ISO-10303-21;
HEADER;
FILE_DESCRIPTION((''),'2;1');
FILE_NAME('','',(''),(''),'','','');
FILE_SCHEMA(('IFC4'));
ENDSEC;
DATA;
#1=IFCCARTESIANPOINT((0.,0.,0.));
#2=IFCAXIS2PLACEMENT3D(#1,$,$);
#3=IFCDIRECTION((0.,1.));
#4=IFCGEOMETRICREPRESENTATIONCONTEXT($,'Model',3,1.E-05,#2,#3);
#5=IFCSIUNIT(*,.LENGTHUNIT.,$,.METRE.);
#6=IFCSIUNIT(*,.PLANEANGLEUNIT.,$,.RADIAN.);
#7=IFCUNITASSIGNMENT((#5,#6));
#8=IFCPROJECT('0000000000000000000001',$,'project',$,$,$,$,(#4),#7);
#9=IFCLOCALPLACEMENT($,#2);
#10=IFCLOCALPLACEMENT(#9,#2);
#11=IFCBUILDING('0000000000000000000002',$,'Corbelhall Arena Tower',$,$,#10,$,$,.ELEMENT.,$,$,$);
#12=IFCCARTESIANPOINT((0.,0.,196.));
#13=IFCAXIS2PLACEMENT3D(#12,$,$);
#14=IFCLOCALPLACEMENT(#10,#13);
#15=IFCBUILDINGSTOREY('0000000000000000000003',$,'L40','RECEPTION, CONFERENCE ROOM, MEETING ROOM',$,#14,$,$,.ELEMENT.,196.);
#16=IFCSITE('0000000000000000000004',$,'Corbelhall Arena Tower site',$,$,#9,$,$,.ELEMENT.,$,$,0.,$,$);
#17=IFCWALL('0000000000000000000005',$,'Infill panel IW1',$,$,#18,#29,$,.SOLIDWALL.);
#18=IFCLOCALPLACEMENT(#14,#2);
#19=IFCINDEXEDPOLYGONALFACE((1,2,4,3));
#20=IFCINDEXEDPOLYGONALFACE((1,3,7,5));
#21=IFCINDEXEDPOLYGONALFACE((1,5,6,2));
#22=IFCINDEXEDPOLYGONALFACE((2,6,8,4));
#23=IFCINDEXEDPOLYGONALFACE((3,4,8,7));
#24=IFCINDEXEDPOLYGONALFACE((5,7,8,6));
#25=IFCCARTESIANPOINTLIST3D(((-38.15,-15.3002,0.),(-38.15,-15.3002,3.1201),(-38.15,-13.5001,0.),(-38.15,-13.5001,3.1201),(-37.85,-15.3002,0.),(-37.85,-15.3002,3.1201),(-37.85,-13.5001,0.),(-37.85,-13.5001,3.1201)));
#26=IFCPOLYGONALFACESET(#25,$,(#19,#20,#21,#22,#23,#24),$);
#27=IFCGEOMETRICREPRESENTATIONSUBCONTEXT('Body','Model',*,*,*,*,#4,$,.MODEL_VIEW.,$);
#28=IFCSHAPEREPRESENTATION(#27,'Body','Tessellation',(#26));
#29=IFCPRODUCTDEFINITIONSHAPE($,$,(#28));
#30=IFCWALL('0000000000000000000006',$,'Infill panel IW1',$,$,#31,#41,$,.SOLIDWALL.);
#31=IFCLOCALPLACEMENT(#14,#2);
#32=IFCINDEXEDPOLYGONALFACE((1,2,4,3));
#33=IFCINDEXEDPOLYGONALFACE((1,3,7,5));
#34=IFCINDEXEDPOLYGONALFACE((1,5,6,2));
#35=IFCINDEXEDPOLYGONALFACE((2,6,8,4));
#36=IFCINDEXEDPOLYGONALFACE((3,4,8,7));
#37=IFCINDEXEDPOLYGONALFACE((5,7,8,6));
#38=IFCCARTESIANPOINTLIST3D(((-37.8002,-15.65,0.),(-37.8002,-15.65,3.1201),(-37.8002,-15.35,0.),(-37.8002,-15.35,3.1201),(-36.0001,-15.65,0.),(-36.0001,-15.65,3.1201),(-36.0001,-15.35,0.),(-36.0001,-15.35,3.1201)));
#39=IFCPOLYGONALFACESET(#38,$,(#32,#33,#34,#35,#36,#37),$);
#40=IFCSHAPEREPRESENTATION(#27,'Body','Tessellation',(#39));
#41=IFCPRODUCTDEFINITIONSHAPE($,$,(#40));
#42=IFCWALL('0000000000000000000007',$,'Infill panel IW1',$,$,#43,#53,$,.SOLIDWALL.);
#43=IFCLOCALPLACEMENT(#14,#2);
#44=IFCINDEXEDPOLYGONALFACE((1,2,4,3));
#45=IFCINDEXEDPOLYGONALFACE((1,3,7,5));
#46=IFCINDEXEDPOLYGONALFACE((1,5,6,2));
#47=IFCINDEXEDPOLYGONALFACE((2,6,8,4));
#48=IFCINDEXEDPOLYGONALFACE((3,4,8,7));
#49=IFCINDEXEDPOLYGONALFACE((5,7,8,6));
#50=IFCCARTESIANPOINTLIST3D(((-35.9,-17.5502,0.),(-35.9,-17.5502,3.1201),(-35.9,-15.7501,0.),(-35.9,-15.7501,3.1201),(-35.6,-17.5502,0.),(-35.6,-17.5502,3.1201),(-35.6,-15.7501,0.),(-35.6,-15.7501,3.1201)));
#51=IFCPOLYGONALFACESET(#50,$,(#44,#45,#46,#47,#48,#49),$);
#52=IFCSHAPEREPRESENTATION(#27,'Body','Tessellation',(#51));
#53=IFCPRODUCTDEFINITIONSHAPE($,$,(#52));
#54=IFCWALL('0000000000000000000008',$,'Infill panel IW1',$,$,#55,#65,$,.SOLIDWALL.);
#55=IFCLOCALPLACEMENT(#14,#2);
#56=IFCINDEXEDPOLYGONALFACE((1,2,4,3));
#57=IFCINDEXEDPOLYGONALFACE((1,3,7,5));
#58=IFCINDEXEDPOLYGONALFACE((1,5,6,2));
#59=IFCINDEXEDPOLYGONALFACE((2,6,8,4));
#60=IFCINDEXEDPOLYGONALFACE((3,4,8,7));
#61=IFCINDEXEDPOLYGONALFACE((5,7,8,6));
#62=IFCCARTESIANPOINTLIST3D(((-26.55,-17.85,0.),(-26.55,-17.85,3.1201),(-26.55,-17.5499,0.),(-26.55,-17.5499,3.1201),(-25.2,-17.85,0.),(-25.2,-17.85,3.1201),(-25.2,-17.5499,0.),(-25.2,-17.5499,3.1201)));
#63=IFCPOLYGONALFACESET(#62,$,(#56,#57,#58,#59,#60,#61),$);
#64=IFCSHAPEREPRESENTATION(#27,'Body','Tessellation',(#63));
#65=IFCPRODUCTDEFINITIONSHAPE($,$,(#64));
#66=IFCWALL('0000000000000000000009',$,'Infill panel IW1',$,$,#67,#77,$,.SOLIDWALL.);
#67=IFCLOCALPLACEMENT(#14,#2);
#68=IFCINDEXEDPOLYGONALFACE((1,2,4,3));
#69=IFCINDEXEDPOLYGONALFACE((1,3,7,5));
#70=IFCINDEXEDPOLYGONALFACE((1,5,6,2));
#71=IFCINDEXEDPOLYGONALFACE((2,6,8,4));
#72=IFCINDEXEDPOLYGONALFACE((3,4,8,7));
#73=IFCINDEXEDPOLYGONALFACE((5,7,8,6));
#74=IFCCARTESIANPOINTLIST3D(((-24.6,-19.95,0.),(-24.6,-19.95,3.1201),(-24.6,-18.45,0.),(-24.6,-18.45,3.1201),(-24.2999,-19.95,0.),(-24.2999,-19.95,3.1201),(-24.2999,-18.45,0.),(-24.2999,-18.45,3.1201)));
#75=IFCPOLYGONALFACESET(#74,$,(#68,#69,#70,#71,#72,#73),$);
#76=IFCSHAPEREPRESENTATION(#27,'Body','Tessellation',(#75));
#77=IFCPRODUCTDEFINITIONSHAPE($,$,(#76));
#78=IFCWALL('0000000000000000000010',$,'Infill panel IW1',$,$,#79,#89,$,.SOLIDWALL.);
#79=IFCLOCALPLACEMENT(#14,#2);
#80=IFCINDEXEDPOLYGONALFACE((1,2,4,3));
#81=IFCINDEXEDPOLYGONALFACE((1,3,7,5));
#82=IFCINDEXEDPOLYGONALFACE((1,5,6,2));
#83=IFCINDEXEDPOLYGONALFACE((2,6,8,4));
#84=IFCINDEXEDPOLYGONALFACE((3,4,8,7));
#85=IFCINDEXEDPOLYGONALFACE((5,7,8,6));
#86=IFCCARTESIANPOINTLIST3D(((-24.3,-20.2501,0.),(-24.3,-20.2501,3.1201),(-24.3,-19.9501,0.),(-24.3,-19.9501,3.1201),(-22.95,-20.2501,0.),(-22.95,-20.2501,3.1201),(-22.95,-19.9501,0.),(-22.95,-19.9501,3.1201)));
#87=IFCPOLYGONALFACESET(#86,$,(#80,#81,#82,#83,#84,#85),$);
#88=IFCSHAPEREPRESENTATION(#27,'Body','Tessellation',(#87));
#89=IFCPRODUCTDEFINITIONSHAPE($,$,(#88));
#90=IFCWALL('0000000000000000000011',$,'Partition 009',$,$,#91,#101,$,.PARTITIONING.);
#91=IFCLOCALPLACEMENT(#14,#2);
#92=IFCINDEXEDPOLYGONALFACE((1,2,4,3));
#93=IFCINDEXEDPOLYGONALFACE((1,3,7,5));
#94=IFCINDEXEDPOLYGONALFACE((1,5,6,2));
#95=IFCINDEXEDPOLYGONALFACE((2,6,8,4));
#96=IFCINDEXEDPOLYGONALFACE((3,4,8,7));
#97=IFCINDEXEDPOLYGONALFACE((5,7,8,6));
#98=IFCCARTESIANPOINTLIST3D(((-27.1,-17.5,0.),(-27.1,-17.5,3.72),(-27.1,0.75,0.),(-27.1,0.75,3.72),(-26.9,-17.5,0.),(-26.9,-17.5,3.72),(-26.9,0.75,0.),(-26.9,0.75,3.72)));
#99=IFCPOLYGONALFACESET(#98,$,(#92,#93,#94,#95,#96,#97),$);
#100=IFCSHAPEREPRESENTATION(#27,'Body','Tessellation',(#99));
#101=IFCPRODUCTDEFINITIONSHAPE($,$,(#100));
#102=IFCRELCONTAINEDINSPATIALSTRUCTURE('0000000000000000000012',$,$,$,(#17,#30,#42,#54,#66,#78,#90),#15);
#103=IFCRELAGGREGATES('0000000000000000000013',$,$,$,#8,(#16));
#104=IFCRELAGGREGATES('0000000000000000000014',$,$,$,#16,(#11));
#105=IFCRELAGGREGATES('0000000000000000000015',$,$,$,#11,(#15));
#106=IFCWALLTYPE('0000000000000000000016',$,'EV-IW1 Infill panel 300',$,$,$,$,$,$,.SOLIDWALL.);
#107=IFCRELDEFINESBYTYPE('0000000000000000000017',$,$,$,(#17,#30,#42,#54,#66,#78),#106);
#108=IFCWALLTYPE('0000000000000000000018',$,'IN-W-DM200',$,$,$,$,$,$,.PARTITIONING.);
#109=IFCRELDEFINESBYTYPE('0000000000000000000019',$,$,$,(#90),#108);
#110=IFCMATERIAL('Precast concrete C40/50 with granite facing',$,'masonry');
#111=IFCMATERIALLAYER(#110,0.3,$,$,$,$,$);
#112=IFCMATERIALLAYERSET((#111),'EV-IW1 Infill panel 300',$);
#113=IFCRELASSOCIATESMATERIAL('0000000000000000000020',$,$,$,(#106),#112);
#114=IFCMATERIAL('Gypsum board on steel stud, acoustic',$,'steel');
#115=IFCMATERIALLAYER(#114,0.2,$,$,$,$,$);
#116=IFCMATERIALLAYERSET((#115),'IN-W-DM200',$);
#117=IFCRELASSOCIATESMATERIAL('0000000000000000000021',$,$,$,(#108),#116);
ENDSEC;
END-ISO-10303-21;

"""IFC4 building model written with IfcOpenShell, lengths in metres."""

from ifc_helpers import new_model, si_unit, direction, frame, frame_2d, origin, place, context, subcontext, project, spatial, rectangle, extrude, material, layer, layer_set, type_object, element, save


model = new_model("IFC4")

# Units and contexts
model_context = context("Model", 3, precision=1e-05, world=origin(), true_north=direction((0.0, 1.0)))
body_context = subcontext(model_context, "Body", "Model", "MODEL_VIEW")
ifc_project = project(units=[si_unit("LENGTHUNIT", "METRE"), si_unit("PLANEANGLEUNIT", "RADIAN")], contexts=[model_context])

# Site, building, storey
site_placement = place(None, origin())
site = spatial("IfcSite", under=ifc_project, at=site_placement, Name="Corbelhall Arena Tower site", CompositionType="ELEMENT", RefElevation=0.0)
building_placement = place(site_placement, origin())
building = spatial("IfcBuilding", under=site, at=building_placement, Name="Corbelhall Arena Tower", CompositionType="ELEMENT")
storey_placement = place(building_placement, frame((0.0, 0.0, 196.0)))
storey = spatial("IfcBuildingStorey", under=building, at=storey_placement, Name="L40", Description="RECEPTION, CONFERENCE ROOM, MEETING ROOM", CompositionType="ELEMENT", Elevation=196.0)

# Walls
ifc_material_1 = material(Name="Precast concrete C40/50 with granite facing", Category="masonry")
ifc_layer_1 = layer(ifc_material_1, 0.3)
ifc_layer_set_1 = layer_set([ifc_layer_1], Name="EV-IW1 Infill panel 300")
wall_type_1 = type_object("IfcWallType", Name="EV-IW1 Infill panel 300", PredefinedType="SOLIDWALL", material=ifc_layer_set_1)
for number, where, z_axis, x_axis, name in (
    (1, (-38.0, -15.3, 0.0), (0.0, 0.0, 1.0), (0.0, 1.0, 0.0), "Infill panel IW1"),
    (2, (-37.8, -15.5, 0.0), (0.0, 0.0, 1.0), (1.0, 0.0, 0.0), "Infill panel IW1"),
    (3, (-35.75, -17.55, 0.0), (0.0, 0.0, 1.0), (0.0, 1.0, 0.0), "Infill panel IW1"),
):
    element("IfcWall", number, at=place(storey_placement, frame(where, z_axis=z_axis, x_axis=x_axis)), inside=storey, type_object=wall_type_1, Name=name, PredefinedType="SOLIDWALL", context=body_context, shape_type="SweptSolid", body=[
        extrude(rectangle(XDim=1.8, YDim=0.3, at=frame_2d((0.8999, 0.0))), origin(), (0.0, 0.0, 1.0), 3.1201),
    ])

# Walls
wall_1_placement = place(storey_placement, frame((-26.55, -17.7, 0.0), z_axis=(0.0, 0.0, 1.0), x_axis=(1.0, 0.0, 0.0)))
element("IfcWall", 4, at=wall_1_placement, inside=storey, type_object=wall_type_1, Name="Infill panel IW1", PredefinedType="SOLIDWALL", context=body_context, shape_type="SweptSolid", body=[
    extrude(rectangle(XDim=1.3501, YDim=0.3, at=frame_2d((0.675, 0.0))), origin(), (0.0, 0.0, 1.0), 3.1201),
])
wall_2_placement = place(storey_placement, frame((-24.45, -18.45, 0.0), z_axis=(0.0, 0.0, 1.0), x_axis=(0.0, -1.0, 0.0)))
element("IfcWall", 5, at=wall_2_placement, inside=storey, type_object=wall_type_1, Name="Infill panel IW1", PredefinedType="SOLIDWALL", context=body_context, shape_type="SweptSolid", body=[
    extrude(rectangle(XDim=1.5, YDim=0.3, at=frame_2d((0.75, 0.0))), origin(), (0.0, 0.0, 1.0), 3.1201),
])
wall_3_placement = place(storey_placement, frame((-24.3, -20.1001, 0.0), z_axis=(0.0, 0.0, 1.0), x_axis=(1.0, 0.0, 0.0)))
element("IfcWall", 6, at=wall_3_placement, inside=storey, type_object=wall_type_1, Name="Infill panel IW1", PredefinedType="SOLIDWALL", context=body_context, shape_type="SweptSolid", body=[
    extrude(rectangle(XDim=1.3501, YDim=0.3, at=frame_2d((0.675, 0.0))), origin(), (0.0, 0.0, 1.0), 3.1201),
])
ifc_material_2 = material(Name="Gypsum board on steel stud, acoustic", Category="steel")
ifc_layer_2 = layer(ifc_material_2, 0.2)
ifc_layer_set_2 = layer_set([ifc_layer_2], Name="IN-W-DM200")
wall_type_2 = type_object("IfcWallType", Name="IN-W-DM200", PredefinedType="PARTITIONING", material=ifc_layer_set_2)
wall_4_placement = place(storey_placement, frame((-27.0, -17.5, 0.0), z_axis=(0.0, 0.0, 1.0), x_axis=(0.0, 1.0, 0.0)))
element("IfcWall", 7, at=wall_4_placement, inside=storey, type_object=wall_type_2, Name="Partition 009", PredefinedType="PARTITIONING", context=body_context, shape_type="SweptSolid", body=[
    extrude(rectangle(XDim=18.25, YDim=0.2, at=frame_2d((9.125, 0.0))), origin(), (0.0, 0.0, 1.0), 3.72),
])

save(model, "model.ifc")
